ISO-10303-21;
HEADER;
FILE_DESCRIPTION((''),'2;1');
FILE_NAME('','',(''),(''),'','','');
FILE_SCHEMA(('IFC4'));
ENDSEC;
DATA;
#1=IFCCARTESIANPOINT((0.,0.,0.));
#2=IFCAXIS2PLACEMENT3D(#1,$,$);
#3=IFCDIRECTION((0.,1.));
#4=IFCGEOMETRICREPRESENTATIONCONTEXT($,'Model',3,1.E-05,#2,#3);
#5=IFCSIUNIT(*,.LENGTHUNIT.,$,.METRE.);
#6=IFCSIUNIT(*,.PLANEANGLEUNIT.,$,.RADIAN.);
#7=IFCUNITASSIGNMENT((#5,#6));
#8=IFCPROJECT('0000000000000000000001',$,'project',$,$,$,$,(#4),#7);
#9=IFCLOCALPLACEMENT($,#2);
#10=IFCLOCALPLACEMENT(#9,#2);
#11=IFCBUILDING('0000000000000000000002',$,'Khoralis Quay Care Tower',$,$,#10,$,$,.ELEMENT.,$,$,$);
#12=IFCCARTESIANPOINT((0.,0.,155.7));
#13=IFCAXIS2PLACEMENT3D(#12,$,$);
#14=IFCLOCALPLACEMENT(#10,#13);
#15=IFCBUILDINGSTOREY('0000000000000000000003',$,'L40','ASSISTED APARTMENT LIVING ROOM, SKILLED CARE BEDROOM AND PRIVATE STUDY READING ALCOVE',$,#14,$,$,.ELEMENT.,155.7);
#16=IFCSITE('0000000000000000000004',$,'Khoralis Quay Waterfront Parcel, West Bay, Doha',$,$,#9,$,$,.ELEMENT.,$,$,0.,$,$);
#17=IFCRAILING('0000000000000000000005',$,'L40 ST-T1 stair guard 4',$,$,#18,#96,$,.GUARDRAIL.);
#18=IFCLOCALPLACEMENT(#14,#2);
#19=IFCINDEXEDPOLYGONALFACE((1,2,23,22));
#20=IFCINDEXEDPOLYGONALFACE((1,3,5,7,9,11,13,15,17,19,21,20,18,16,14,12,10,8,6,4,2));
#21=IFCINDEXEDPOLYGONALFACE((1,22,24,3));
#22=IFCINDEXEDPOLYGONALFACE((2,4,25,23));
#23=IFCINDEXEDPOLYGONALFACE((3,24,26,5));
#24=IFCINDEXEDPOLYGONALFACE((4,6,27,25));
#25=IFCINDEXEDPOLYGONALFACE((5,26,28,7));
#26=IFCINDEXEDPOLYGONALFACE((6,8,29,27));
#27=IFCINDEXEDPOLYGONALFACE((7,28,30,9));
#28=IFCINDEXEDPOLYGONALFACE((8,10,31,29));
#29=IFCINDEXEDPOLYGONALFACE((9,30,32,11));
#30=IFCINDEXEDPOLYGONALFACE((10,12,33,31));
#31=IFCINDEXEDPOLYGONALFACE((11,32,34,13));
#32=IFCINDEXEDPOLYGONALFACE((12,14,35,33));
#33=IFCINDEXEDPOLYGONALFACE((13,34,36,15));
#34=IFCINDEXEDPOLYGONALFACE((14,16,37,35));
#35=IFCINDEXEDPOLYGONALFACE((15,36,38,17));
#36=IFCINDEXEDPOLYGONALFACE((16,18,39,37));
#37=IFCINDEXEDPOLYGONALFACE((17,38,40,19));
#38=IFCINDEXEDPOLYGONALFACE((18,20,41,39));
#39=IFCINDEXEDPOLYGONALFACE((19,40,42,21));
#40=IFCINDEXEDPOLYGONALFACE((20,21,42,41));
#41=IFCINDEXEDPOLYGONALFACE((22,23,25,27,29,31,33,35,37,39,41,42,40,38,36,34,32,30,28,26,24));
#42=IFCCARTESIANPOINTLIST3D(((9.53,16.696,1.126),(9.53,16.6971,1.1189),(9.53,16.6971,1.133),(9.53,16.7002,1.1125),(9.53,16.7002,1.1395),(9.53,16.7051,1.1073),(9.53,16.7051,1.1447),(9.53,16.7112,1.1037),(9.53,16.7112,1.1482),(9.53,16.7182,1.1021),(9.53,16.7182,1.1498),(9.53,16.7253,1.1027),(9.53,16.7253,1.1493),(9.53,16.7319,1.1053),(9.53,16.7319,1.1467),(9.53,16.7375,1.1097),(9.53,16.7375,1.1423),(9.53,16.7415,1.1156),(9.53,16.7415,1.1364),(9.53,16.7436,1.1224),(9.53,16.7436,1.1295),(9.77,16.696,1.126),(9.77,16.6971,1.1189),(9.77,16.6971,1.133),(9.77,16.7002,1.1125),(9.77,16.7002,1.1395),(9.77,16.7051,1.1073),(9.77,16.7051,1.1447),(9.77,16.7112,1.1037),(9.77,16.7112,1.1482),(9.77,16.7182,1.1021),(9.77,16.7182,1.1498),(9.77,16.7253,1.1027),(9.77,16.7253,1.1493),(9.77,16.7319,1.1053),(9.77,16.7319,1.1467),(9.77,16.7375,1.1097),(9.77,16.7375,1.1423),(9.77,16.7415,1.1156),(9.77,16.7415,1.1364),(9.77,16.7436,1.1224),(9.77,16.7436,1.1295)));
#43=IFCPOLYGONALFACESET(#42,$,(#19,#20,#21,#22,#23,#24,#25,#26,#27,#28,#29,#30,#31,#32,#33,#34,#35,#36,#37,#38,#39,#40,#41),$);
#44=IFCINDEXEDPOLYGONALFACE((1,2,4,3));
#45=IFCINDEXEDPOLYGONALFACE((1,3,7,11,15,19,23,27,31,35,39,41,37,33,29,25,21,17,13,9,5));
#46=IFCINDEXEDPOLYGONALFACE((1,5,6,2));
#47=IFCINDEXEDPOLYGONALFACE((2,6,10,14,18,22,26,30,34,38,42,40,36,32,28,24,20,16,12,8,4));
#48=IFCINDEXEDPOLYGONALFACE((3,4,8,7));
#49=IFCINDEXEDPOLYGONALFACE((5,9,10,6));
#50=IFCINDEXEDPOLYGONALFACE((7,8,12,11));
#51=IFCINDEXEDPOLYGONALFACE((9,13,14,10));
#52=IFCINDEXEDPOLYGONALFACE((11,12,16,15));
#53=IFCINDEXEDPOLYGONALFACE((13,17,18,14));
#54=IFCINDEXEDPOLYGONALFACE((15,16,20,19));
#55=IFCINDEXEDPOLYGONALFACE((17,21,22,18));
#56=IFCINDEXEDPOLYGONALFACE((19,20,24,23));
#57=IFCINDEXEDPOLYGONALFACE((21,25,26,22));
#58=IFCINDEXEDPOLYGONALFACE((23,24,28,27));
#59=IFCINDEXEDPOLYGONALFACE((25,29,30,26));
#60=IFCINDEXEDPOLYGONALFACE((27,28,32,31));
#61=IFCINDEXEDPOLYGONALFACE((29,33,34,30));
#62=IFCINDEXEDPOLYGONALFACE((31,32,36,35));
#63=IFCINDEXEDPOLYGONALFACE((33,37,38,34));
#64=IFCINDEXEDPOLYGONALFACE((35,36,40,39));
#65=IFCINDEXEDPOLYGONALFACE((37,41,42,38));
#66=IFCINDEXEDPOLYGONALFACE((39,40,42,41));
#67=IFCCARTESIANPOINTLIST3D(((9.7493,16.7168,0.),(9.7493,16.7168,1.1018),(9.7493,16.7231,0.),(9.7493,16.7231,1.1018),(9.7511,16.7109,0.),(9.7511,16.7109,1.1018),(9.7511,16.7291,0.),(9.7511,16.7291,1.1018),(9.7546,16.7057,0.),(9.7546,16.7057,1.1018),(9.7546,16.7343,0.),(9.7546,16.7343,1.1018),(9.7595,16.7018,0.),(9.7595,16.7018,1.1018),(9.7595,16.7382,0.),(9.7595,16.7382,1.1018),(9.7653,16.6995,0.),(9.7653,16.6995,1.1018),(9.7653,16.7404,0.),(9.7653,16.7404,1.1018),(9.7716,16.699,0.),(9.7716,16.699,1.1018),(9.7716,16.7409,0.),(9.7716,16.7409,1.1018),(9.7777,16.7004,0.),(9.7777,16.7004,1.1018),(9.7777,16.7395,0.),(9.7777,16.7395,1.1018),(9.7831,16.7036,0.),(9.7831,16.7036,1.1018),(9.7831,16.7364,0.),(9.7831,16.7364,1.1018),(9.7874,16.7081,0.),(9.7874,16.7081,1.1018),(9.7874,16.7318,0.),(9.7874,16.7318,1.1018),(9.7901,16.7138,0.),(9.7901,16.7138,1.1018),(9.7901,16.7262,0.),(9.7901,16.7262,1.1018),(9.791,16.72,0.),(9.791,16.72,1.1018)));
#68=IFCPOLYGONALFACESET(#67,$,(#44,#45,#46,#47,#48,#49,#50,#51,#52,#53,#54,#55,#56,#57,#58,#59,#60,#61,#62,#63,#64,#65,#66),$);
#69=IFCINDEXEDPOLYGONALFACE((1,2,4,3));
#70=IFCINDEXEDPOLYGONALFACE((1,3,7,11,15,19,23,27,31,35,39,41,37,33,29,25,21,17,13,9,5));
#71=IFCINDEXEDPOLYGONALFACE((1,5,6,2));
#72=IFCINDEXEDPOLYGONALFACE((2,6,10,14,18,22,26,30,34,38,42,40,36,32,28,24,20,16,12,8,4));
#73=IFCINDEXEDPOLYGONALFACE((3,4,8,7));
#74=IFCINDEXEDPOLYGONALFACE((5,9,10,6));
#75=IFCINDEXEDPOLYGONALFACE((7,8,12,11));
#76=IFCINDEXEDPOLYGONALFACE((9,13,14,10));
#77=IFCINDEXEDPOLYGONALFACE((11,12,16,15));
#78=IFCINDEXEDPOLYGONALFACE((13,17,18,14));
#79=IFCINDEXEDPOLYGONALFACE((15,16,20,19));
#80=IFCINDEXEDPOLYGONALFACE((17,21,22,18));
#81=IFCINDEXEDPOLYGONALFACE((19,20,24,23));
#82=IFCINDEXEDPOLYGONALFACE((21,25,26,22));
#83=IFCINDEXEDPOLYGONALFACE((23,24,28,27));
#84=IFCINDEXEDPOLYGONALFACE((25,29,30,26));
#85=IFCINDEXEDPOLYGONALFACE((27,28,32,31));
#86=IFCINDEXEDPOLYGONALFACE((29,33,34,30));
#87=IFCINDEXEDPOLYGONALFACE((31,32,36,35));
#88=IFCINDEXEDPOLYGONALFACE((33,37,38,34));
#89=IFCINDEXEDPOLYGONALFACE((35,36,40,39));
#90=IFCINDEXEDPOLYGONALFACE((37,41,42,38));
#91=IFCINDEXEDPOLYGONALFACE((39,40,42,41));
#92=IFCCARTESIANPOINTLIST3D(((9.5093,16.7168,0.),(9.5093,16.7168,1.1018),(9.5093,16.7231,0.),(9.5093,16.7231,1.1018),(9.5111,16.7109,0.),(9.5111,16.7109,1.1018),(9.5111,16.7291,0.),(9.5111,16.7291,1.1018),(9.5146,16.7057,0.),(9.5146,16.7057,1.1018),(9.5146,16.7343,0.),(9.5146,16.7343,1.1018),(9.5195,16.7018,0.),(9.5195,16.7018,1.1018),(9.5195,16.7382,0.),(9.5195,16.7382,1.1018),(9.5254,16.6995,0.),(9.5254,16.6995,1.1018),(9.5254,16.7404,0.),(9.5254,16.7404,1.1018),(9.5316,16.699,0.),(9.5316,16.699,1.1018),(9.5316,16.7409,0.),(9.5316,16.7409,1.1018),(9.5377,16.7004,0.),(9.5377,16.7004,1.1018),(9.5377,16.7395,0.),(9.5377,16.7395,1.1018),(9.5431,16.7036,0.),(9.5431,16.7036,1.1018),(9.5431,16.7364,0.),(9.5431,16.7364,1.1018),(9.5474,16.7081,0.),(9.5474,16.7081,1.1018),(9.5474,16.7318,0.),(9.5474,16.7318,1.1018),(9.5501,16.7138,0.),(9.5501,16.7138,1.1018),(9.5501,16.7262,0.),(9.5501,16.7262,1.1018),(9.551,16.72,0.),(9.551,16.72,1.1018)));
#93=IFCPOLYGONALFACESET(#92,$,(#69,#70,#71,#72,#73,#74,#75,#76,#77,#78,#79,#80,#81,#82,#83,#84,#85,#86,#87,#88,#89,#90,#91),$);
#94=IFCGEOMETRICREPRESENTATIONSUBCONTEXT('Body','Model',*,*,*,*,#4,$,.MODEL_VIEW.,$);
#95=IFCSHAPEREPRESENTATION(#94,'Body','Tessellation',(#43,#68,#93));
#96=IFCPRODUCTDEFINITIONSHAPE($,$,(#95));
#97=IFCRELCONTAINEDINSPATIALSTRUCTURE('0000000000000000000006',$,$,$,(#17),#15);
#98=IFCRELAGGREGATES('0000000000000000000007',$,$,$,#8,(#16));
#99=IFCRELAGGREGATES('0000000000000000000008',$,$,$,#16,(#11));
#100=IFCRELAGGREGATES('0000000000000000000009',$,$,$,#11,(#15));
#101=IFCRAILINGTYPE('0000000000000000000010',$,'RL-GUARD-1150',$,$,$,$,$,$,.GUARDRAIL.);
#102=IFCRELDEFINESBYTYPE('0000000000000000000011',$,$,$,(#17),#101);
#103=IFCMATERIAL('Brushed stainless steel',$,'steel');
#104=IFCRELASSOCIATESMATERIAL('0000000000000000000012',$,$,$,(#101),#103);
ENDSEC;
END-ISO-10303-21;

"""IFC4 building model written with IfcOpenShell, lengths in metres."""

from ifc_helpers import new_model, si_unit, direction, frame, origin, origin_2d, place, context, subcontext, project, spatial, circle, extrude, material, type_object, element, save


model = new_model("IFC4")

# Units and contexts
model_context = context("Model", 3, precision=1e-05, world=origin(), true_north=direction((0.0, 1.0)))
body_context = subcontext(model_context, "Body", "Model", "MODEL_VIEW")
ifc_project = project(units=[si_unit("LENGTHUNIT", "METRE"), si_unit("PLANEANGLEUNIT", "RADIAN")], contexts=[model_context])

# Site, building, storey
site_placement = place(None, origin())
site = spatial("IfcSite", under=ifc_project, at=site_placement, Name="Khoralis Quay Waterfront Parcel, West Bay, Doha", CompositionType="ELEMENT", RefElevation=0.0)
building_placement = place(site_placement, origin())
building = spatial("IfcBuilding", under=site, at=building_placement, Name="Khoralis Quay Care Tower", CompositionType="ELEMENT")
storey_placement = place(building_placement, frame((0.0, 0.0, 155.7)))
storey = spatial("IfcBuildingStorey", under=building, at=storey_placement, Name="L40", Description="ASSISTED APARTMENT LIVING ROOM, SKILLED CARE BEDROOM AND PRIVATE STUDY READING ALCOVE", CompositionType="ELEMENT", Elevation=155.7)

# Shared definitions
ifc_material_1 = material(Name="Brushed stainless steel", Category="steel")

# Railing
railing_type_1 = type_object("IfcRailingType", Name="RL-GUARD-1150", PredefinedType="GUARDRAIL", material=ifc_material_1)
railing_1_placement = place(storey_placement, frame((9.77, 16.72, 0.0)))
element("IfcRailing", 1, at=railing_1_placement, inside=storey, type_object=railing_type_1, Name="L40 ST-T1 stair guard 4", PredefinedType="GUARDRAIL", context=body_context, shape_type="SweptSolid", body=[
    extrude(circle(Radius=0.0239, at=origin_2d()), frame((0.0, 0.0, 1.126), z_axis=(-1.0, 0.0, 0.0), x_axis=(0.0, -1.0, 0.0)), (0.0, 0.0, 1.0), 0.24),
    extrude(circle(Radius=0.021, at=origin_2d()), origin(), (0.0, 0.0, 1.0), 1.1018),
    extrude(circle(Radius=0.021, at=origin_2d()), frame((-0.24, 0.0, 0.0)), (0.0, 0.0, 1.0), 1.1018),
])

save(model, "model.ifc")
